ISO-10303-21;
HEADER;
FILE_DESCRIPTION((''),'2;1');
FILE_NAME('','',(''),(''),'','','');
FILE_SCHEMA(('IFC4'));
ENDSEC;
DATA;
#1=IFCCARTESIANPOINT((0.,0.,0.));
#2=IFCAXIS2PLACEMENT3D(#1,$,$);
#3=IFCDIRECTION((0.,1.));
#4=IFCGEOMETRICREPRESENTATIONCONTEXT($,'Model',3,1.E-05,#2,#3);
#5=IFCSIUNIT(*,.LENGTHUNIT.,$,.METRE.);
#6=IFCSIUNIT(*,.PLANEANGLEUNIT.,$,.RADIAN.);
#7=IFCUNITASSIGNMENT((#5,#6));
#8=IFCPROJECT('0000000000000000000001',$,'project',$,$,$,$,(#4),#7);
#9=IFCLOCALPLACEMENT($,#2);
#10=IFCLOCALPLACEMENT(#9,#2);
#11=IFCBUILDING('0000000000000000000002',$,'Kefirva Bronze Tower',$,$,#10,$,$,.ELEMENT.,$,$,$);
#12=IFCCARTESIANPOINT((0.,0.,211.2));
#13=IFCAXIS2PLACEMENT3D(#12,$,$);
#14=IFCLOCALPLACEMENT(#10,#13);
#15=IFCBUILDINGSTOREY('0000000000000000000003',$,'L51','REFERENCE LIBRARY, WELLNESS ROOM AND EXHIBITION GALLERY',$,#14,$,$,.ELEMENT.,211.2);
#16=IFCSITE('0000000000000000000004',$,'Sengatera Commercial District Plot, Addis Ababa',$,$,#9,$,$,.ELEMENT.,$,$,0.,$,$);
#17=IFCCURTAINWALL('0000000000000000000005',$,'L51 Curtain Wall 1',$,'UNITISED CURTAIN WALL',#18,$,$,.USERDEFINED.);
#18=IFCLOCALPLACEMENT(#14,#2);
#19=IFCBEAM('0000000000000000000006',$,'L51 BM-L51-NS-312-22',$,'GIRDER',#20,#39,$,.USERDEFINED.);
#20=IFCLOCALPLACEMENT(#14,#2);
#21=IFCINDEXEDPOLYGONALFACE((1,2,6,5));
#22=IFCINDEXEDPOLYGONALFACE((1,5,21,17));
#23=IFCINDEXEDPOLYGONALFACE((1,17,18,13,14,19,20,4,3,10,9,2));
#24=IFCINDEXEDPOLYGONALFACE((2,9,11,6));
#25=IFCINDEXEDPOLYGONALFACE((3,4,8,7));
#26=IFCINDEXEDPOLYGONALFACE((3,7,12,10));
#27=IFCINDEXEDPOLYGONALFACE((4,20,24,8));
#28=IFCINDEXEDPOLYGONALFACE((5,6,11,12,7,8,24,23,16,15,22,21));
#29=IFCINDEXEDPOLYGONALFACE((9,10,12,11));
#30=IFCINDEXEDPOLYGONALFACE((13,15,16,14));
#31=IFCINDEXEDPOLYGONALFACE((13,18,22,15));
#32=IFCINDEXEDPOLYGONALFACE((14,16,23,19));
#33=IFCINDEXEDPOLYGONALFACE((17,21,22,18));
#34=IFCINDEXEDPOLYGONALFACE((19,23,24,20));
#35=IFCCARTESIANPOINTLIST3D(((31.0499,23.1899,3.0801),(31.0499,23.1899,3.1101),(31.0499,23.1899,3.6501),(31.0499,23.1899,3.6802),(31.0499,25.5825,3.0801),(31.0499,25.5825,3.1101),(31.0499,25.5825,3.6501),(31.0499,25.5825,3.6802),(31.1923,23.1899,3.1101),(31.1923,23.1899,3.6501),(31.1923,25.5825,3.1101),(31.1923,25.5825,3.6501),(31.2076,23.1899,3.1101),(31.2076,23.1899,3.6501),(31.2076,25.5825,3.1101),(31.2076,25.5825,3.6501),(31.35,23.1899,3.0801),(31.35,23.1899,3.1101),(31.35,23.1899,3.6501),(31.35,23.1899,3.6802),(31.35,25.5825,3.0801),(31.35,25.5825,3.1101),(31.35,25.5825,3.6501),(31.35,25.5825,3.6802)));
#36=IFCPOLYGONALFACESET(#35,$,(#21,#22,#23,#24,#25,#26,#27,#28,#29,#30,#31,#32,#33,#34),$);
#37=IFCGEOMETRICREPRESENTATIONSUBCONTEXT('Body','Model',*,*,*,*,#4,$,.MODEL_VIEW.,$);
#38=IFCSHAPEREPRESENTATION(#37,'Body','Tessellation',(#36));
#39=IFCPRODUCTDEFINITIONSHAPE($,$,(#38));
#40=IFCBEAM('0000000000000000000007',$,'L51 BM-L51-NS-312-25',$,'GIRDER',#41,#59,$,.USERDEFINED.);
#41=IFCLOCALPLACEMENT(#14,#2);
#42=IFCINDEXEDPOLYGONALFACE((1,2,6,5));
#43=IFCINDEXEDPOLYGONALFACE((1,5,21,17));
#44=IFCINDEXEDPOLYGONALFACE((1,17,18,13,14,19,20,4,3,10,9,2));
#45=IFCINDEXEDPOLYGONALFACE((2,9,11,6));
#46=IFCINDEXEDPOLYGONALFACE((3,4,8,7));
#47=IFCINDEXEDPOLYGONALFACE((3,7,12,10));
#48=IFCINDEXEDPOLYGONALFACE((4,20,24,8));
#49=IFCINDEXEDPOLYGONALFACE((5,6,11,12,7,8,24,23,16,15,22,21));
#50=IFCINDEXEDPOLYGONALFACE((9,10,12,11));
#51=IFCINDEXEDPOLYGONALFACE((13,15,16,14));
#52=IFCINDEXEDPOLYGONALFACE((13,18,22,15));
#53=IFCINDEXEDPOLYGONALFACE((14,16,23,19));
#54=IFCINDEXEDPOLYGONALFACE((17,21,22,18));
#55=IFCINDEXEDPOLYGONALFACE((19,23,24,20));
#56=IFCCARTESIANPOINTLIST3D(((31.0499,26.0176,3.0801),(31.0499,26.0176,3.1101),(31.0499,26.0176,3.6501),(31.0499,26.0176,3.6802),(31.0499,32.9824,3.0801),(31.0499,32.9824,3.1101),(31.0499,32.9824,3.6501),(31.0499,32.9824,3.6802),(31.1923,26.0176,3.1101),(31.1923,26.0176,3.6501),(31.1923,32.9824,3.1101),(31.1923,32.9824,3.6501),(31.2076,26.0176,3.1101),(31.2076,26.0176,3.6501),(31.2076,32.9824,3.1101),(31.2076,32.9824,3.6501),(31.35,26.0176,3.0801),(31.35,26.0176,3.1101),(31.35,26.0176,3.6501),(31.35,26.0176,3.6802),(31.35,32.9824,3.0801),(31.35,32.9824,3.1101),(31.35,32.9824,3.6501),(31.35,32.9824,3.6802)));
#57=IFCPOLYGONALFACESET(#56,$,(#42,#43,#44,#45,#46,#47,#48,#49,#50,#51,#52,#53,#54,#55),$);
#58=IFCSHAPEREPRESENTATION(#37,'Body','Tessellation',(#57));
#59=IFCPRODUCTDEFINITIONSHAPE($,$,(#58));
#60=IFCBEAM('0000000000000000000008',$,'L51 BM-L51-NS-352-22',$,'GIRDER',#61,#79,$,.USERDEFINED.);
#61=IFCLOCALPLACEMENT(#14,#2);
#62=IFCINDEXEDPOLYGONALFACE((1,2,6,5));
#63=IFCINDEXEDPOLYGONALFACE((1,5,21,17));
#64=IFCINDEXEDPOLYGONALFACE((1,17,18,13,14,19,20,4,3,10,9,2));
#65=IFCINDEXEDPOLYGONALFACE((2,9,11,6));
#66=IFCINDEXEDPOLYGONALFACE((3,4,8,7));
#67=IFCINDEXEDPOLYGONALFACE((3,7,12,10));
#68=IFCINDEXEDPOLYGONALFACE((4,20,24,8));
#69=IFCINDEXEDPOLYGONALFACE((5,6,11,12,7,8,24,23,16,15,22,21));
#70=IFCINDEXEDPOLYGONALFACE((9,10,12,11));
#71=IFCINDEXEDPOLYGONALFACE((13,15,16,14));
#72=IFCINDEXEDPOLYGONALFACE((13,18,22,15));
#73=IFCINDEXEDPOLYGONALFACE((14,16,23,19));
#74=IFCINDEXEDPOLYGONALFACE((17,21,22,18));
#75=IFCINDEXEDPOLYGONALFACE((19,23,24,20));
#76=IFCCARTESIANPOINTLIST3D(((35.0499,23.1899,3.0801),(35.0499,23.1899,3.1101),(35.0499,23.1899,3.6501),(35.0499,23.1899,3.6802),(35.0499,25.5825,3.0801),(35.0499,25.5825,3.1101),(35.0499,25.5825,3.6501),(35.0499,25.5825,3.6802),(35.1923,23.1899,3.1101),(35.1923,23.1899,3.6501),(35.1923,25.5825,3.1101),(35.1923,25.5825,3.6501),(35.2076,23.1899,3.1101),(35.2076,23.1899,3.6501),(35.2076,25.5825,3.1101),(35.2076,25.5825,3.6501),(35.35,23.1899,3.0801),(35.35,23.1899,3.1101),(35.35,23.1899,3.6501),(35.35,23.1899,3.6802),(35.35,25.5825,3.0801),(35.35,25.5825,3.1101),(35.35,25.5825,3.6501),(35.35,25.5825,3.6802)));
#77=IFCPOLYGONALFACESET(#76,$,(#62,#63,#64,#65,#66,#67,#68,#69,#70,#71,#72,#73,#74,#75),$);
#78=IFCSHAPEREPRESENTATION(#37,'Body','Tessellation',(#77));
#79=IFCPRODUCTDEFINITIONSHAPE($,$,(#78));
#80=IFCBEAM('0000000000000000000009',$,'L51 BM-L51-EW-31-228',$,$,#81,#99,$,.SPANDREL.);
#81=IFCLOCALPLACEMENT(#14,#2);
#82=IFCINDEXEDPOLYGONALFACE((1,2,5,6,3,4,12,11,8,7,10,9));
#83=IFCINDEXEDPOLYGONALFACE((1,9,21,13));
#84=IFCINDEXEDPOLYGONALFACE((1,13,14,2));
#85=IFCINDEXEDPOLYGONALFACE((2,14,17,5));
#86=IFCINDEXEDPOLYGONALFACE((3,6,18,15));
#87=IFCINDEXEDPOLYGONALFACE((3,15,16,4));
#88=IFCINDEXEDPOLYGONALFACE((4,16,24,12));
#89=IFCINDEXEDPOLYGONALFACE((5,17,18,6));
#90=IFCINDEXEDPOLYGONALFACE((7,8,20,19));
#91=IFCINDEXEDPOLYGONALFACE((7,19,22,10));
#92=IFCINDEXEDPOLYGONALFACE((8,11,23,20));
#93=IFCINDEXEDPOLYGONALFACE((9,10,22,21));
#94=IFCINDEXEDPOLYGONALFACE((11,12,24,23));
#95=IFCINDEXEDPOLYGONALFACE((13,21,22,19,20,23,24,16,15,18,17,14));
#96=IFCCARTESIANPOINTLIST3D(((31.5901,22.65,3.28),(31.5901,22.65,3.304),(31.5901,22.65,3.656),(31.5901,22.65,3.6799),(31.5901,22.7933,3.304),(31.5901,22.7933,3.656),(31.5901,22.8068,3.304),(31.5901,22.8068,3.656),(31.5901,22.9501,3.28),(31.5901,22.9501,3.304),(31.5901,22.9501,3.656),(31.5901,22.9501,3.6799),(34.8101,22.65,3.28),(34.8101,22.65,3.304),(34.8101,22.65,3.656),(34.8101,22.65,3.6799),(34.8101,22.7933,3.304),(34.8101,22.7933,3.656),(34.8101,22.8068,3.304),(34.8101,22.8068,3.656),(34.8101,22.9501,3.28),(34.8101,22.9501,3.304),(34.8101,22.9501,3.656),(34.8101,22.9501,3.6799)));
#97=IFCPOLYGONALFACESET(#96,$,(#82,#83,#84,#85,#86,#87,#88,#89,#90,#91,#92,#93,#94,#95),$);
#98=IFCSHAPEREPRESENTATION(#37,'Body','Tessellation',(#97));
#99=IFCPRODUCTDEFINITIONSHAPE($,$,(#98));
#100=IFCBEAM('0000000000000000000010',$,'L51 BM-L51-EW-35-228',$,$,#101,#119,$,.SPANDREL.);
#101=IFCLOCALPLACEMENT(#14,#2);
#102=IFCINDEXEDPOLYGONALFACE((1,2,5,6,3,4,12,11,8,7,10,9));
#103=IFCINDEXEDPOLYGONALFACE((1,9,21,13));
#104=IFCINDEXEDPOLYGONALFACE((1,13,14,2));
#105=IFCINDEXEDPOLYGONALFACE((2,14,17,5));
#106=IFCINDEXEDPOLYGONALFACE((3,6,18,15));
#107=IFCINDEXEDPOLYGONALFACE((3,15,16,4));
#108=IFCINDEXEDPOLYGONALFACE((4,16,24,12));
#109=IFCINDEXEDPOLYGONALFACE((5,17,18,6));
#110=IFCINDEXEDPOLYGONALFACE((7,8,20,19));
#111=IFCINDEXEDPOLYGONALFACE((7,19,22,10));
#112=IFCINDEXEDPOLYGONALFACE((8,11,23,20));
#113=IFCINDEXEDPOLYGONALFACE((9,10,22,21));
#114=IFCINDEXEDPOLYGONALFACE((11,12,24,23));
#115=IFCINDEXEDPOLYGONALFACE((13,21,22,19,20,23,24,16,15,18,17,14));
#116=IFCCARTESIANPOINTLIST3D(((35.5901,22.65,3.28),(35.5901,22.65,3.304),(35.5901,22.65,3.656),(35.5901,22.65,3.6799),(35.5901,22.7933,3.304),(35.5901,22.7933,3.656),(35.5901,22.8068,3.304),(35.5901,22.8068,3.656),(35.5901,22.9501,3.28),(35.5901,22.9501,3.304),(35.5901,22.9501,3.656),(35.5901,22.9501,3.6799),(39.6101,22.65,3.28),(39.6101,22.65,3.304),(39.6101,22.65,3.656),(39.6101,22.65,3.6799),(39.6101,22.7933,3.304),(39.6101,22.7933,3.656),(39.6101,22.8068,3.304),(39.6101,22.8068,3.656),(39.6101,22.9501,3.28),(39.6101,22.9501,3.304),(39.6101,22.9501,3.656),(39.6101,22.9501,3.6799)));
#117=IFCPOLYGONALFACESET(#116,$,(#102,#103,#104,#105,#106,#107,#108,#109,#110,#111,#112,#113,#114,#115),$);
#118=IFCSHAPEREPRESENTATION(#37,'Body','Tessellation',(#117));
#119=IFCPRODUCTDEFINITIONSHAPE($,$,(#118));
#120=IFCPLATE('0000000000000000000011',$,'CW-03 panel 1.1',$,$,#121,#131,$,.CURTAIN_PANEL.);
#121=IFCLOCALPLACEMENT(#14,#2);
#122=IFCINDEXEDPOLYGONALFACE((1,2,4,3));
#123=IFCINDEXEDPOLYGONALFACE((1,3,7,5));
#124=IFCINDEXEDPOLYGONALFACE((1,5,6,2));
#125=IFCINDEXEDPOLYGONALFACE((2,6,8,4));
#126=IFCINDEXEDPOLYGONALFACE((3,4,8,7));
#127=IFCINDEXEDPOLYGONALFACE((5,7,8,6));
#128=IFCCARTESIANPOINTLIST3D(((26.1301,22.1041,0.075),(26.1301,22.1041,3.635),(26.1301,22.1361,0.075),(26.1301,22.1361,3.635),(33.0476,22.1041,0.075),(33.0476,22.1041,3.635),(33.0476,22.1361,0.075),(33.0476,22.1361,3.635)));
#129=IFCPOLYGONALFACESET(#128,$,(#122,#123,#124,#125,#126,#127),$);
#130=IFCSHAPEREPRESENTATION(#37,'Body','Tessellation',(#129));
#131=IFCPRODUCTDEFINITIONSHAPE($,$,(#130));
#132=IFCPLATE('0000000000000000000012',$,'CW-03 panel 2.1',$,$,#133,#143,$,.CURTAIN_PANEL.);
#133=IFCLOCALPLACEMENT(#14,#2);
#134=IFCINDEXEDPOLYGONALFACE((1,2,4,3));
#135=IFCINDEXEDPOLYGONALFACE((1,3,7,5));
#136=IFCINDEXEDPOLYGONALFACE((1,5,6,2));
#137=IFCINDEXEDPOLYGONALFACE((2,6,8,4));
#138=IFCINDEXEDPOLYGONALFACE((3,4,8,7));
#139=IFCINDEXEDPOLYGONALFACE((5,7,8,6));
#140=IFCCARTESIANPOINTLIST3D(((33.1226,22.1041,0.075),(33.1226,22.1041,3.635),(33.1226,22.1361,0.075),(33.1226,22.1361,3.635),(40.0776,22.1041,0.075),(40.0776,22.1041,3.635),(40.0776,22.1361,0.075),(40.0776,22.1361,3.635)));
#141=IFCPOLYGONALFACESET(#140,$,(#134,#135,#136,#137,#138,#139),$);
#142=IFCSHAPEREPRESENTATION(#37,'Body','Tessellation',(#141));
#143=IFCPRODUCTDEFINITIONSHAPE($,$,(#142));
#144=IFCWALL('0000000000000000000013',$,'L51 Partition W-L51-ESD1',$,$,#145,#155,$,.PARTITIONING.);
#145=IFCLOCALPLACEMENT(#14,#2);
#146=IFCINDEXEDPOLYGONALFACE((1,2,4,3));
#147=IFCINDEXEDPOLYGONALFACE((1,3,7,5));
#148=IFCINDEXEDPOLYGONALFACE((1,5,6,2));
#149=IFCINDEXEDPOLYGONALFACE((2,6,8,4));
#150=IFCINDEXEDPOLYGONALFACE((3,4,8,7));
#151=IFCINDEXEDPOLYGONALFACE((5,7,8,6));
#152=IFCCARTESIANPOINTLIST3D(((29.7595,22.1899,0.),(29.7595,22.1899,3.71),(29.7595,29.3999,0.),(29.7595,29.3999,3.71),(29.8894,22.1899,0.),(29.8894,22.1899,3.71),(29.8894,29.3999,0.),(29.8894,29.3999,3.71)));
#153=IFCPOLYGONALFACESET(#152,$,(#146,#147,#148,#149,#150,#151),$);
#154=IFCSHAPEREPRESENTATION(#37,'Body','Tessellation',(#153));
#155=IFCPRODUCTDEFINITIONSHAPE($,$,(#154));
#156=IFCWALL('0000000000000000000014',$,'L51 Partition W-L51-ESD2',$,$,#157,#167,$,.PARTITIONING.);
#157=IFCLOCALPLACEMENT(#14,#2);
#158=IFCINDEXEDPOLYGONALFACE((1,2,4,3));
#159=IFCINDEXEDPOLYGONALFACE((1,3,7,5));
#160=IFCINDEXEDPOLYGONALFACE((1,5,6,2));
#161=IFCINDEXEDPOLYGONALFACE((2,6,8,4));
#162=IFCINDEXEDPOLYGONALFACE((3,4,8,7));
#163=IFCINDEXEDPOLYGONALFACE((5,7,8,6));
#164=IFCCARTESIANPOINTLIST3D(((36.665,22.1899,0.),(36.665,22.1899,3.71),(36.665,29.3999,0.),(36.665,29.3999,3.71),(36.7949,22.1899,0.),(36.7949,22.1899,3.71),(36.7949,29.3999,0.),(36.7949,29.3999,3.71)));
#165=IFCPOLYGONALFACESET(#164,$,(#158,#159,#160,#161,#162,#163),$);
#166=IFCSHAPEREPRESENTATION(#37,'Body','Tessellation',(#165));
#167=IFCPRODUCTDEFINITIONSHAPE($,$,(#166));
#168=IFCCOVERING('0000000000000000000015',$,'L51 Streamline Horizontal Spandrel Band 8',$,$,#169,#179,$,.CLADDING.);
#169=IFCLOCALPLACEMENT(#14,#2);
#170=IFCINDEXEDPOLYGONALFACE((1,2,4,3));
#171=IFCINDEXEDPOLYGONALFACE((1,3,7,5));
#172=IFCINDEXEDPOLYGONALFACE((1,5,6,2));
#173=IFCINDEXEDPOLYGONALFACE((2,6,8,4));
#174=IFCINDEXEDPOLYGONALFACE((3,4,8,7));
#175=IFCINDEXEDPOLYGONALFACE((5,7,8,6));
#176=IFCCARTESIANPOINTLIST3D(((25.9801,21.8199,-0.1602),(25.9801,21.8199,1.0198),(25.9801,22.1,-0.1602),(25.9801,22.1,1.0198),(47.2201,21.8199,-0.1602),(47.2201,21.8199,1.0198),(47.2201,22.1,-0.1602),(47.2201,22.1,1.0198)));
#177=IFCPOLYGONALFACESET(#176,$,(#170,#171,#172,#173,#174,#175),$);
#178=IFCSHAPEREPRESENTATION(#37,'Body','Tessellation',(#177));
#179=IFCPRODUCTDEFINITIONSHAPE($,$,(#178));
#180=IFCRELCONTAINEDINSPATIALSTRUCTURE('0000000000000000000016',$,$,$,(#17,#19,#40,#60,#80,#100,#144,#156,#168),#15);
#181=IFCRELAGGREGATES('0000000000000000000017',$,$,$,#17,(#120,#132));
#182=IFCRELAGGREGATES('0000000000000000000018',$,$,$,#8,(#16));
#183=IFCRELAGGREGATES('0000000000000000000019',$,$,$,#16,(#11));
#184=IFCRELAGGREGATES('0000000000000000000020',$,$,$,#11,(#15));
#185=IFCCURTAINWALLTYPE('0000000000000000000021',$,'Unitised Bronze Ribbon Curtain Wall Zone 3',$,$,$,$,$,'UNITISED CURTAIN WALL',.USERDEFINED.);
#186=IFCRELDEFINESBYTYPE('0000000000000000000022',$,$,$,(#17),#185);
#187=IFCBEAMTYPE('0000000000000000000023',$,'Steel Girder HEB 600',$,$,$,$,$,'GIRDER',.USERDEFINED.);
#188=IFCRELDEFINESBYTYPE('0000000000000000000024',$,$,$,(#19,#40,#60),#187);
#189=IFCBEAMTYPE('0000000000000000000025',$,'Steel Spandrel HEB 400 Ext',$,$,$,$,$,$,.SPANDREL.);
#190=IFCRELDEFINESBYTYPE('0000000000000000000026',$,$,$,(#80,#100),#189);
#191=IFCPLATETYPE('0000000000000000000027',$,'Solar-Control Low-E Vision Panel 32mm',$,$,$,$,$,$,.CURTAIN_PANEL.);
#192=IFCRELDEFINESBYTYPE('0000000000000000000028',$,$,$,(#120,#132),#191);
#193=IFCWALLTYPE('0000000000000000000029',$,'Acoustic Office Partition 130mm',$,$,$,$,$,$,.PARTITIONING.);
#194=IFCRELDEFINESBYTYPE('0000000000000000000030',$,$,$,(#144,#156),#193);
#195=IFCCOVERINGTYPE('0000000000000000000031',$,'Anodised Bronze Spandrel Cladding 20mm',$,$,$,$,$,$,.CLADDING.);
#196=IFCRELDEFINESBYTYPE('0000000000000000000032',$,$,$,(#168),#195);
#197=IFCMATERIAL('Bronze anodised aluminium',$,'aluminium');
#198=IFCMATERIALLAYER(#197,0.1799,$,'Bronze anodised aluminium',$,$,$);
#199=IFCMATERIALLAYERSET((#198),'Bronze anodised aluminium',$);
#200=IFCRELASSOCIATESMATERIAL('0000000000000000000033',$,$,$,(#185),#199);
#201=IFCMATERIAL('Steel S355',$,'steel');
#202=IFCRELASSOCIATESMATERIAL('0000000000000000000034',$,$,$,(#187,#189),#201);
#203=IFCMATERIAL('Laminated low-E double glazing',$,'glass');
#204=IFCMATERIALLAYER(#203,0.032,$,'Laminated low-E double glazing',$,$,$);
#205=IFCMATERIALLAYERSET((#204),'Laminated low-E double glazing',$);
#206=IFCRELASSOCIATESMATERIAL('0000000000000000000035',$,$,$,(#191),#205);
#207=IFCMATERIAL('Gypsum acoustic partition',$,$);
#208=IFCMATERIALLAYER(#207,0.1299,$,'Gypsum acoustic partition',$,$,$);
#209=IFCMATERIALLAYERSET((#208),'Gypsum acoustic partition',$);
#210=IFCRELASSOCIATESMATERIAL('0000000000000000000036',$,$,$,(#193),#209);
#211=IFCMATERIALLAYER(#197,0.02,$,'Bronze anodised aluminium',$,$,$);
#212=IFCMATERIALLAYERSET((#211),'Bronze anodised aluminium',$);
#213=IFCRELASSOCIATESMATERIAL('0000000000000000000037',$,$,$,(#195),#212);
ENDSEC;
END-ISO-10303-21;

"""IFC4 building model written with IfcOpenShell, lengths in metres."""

from ifc_helpers import new_model, si_unit, direction, frame, frame_2d, origin, origin_2d, place, context, subcontext, project, spatial, rectangle, i_section, extrude, material, layer, layer_set, material_profile, profile_set, type_object, element, aggregate, save


model = new_model("IFC4")

# Units and contexts
model_context = context("Model", 3, precision=1e-05, world=origin(), true_north=direction((0.0, 1.0)))
body_context = subcontext(model_context, "Body", "Model", "MODEL_VIEW")
ifc_project = project(units=[si_unit("LENGTHUNIT", "METRE"), si_unit("PLANEANGLEUNIT", "RADIAN")], contexts=[model_context])

# Site, building, storey
site_placement = place(None, origin())
site = spatial("IfcSite", under=ifc_project, at=site_placement, Name="Sengatera Commercial District Plot, Addis Ababa", CompositionType="ELEMENT", RefElevation=0.0)
building_placement = place(site_placement, origin())
building = spatial("IfcBuilding", under=site, at=building_placement, Name="Kefirva Bronze Tower", CompositionType="ELEMENT")
storey_placement = place(building_placement, frame((0.0, 0.0, 211.2)))
storey = spatial("IfcBuildingStorey", under=building, at=storey_placement, Name="L51", Description="REFERENCE LIBRARY, WELLNESS ROOM AND EXHIBITION GALLERY", CompositionType="ELEMENT", Elevation=211.2)

# Curtain wall
ifc_material_1 = material(Name="Bronze anodised aluminium", Category="aluminium")
ifc_layer_1 = layer(ifc_material_1, 0.1799, Name="Bronze anodised aluminium")
ifc_layer_set_1 = layer_set([ifc_layer_1], Name="Bronze anodised aluminium")
curtain_wall_type = type_object("IfcCurtainWallType", Name="Unitised Bronze Ribbon Curtain Wall Zone 3", ElementType="UNITISED CURTAIN WALL", PredefinedType="USERDEFINED", material=ifc_layer_set_1)
curtain_wall_placement = place(storey_placement, origin())
curtain_wall = element("IfcCurtainWall", 1, at=curtain_wall_placement, inside=storey, type_object=curtain_wall_type, Name="L51 Curtain Wall 1", ObjectType="UNITISED CURTAIN WALL", PredefinedType="USERDEFINED")

# Beams
ifc_material_2 = material(Name="Steel S355", Category="steel")
ifc_material_profile_1 = material_profile(ifc_material_2, i_section(OverallWidth=0.3, OverallDepth=0.6001, WebThickness=0.0154, FlangeThickness=0.03, at=origin_2d()), Name="HEB 600")
ifc_profile_set_1 = profile_set([ifc_material_profile_1], Name="Steel S355")
beam_type_1 = type_object("IfcBeamType", Name="Steel Girder HEB 600", ElementType="GIRDER", PredefinedType="USERDEFINED", material=ifc_profile_set_1)
beam_1_placement = place(storey_placement, frame((31.2, 23.1899, 3.3801), z_axis=(0.0, 1.0, 0.0), x_axis=(-1.0, 0.0, 0.0)))
element("IfcBeam", 2, at=beam_1_placement, inside=storey, type_object=beam_type_1, Name="L51 BM-L51-NS-312-22", ObjectType="GIRDER", PredefinedType="USERDEFINED", context=body_context, shape_type="SweptSolid", body=[
    extrude(i_section(OverallWidth=0.3, OverallDepth=0.6001, WebThickness=0.0154, FlangeThickness=0.03, at=origin_2d()), origin(), (0.0, 0.0, 1.0), 2.3926),
])
beam_2_placement = place(storey_placement, frame((31.2, 26.0176, 3.3801), z_axis=(0.0, 1.0, 0.0), x_axis=(-1.0, 0.0, 0.0)))
element("IfcBeam", 3, at=beam_2_placement, inside=storey, type_object=beam_type_1, Name="L51 BM-L51-NS-312-25", ObjectType="GIRDER", PredefinedType="USERDEFINED", context=body_context, shape_type="SweptSolid", body=[
    extrude(i_section(OverallWidth=0.3, OverallDepth=0.6001, WebThickness=0.0154, FlangeThickness=0.03, at=origin_2d()), origin(), (0.0, 0.0, 1.0), 6.9648),
])
beam_3_placement = place(storey_placement, frame((35.2, 23.1899, 3.3801), z_axis=(0.0, 1.0, 0.0), x_axis=(-1.0, 0.0, 0.0)))
element("IfcBeam", 4, at=beam_3_placement, inside=storey, type_object=beam_type_1, Name="L51 BM-L51-NS-352-22", ObjectType="GIRDER", PredefinedType="USERDEFINED", context=body_context, shape_type="SweptSolid", body=[
    extrude(i_section(OverallWidth=0.3, OverallDepth=0.6001, WebThickness=0.0154, FlangeThickness=0.03, at=origin_2d()), origin(), (0.0, 0.0, 1.0), 2.3926),
])
ifc_material_profile_2 = material_profile(ifc_material_2, i_section(OverallWidth=0.3, OverallDepth=0.3999, WebThickness=0.0134, FlangeThickness=0.0239, at=origin_2d()), Name="HEB 400")
ifc_profile_set_2 = profile_set([ifc_material_profile_2], Name="Steel S355")
beam_type_2 = type_object("IfcBeamType", Name="Steel Spandrel HEB 400 Ext", PredefinedType="SPANDREL", material=ifc_profile_set_2)
beam_4_placement = place(storey_placement, frame((31.5901, 22.8, 3.48), z_axis=(1.0, 0.0, 0.0), x_axis=(0.0, 1.0, 0.0)))
element("IfcBeam", 5, at=beam_4_placement, inside=storey, type_object=beam_type_2, Name="L51 BM-L51-EW-31-228", PredefinedType="SPANDREL", context=body_context, shape_type="SweptSolid", body=[
    extrude(i_section(OverallWidth=0.3, OverallDepth=0.3999, WebThickness=0.0134, FlangeThickness=0.0239, at=origin_2d()), origin(), (0.0, 0.0, 1.0), 3.22),
])
beam_5_placement = place(storey_placement, frame((35.5901, 22.8, 3.48), z_axis=(1.0, 0.0, 0.0), x_axis=(0.0, 1.0, 0.0)))
element("IfcBeam", 6, at=beam_5_placement, inside=storey, type_object=beam_type_2, Name="L51 BM-L51-EW-35-228", PredefinedType="SPANDREL", context=body_context, shape_type="SweptSolid", body=[
    extrude(i_section(OverallWidth=0.3, OverallDepth=0.3999, WebThickness=0.0134, FlangeThickness=0.0239, at=origin_2d()), origin(), (0.0, 0.0, 1.0), 4.02),
])

# Plates
ifc_material_3 = material(Name="Laminated low-E double glazing", Category="glass")
ifc_layer_2 = layer(ifc_material_3, 0.032, Name="Laminated low-E double glazing")
ifc_layer_set_2 = layer_set([ifc_layer_2], Name="Laminated low-E double glazing")
plate_type = type_object("IfcPlateType", Name="Solar-Control Low-E Vision Panel 32mm", PredefinedType="CURTAIN_PANEL", material=ifc_layer_set_2)
plate_1_placement = place(storey_placement, frame((29.5889, 22.1201, 0.075), z_axis=(0.0, 0.0, 1.0), x_axis=(1.0, 0.0, 0.0)))
plate_1 = element("IfcPlate", 7, at=plate_1_placement, type_object=plate_type, Name="CW-03 panel 1.1", PredefinedType="CURTAIN_PANEL", context=body_context, shape_type="SweptSolid", body=[
    extrude(rectangle(XDim=6.9175, YDim=0.032, at=origin_2d()), origin(), (0.0, 0.0, 1.0), 3.5601),
])
plate_2_placement = place(storey_placement, frame((36.6001, 22.1201, 0.075), z_axis=(0.0, 0.0, 1.0), x_axis=(1.0, 0.0, 0.0)))
plate_2 = element("IfcPlate", 8, at=plate_2_placement, type_object=plate_type, Name="CW-03 panel 2.1", PredefinedType="CURTAIN_PANEL", context=body_context, shape_type="SweptSolid", body=[
    extrude(rectangle(XDim=6.9551, YDim=0.032, at=origin_2d()), origin(), (0.0, 0.0, 1.0), 3.5601),
])
aggregate(curtain_wall, [plate_1, plate_2])

# Walls
ifc_material_4 = material(Name="Gypsum acoustic partition")
ifc_layer_3 = layer(ifc_material_4, 0.1299, Name="Gypsum acoustic partition")
ifc_layer_set_3 = layer_set([ifc_layer_3], Name="Gypsum acoustic partition")
wall_type = type_object("IfcWallType", Name="Acoustic Office Partition 130mm", PredefinedType="PARTITIONING", material=ifc_layer_set_3)
for number, where, z_axis, x_axis, name in (
    (9, (29.8245, 22.1899, 0.0), (0.0, 0.0, 1.0), (0.0, 1.0, 0.0), "L51 Partition W-L51-ESD1"),
    (10, (36.73, 22.1899, 0.0), (0.0, 0.0, 1.0), (0.0, 1.0, 0.0), "L51 Partition W-L51-ESD2"),
):
    element("IfcWall", number, at=place(storey_placement, frame(where, z_axis=z_axis, x_axis=x_axis)), inside=storey, type_object=wall_type, Name=name, PredefinedType="PARTITIONING", context=body_context, shape_type="SweptSolid", body=[
        extrude(rectangle(XDim=7.21, YDim=0.1299, at=frame_2d((3.605, 0.0))), origin(), (0.0, 0.0, 1.0), 3.71),
    ])

# Covering
ifc_layer_4 = layer(ifc_material_1, 0.02, Name="Bronze anodised aluminium")
ifc_layer_set_4 = layer_set([ifc_layer_4], Name="Bronze anodised aluminium")
covering_type_1 = type_object("IfcCoveringType", Name="Anodised Bronze Spandrel Cladding 20mm", PredefinedType="CLADDING", material=ifc_layer_set_4)
covering_1_placement = place(storey_placement, frame((36.6001, 21.96, -0.1602), z_axis=(0.0, 0.0, 1.0), x_axis=(1.0, 0.0, 0.0)))
element("IfcCovering", 11, at=covering_1_placement, inside=storey, type_object=covering_type_1, Name="L51 Streamline Horizontal Spandrel Band 8", PredefinedType="CLADDING", context=body_context, shape_type="SweptSolid", body=[
    extrude(rectangle(XDim=21.24, YDim=0.28, at=origin_2d()), origin(), (0.0, 0.0, 1.0), 1.1799),
])

save(model, "model.ifc")
